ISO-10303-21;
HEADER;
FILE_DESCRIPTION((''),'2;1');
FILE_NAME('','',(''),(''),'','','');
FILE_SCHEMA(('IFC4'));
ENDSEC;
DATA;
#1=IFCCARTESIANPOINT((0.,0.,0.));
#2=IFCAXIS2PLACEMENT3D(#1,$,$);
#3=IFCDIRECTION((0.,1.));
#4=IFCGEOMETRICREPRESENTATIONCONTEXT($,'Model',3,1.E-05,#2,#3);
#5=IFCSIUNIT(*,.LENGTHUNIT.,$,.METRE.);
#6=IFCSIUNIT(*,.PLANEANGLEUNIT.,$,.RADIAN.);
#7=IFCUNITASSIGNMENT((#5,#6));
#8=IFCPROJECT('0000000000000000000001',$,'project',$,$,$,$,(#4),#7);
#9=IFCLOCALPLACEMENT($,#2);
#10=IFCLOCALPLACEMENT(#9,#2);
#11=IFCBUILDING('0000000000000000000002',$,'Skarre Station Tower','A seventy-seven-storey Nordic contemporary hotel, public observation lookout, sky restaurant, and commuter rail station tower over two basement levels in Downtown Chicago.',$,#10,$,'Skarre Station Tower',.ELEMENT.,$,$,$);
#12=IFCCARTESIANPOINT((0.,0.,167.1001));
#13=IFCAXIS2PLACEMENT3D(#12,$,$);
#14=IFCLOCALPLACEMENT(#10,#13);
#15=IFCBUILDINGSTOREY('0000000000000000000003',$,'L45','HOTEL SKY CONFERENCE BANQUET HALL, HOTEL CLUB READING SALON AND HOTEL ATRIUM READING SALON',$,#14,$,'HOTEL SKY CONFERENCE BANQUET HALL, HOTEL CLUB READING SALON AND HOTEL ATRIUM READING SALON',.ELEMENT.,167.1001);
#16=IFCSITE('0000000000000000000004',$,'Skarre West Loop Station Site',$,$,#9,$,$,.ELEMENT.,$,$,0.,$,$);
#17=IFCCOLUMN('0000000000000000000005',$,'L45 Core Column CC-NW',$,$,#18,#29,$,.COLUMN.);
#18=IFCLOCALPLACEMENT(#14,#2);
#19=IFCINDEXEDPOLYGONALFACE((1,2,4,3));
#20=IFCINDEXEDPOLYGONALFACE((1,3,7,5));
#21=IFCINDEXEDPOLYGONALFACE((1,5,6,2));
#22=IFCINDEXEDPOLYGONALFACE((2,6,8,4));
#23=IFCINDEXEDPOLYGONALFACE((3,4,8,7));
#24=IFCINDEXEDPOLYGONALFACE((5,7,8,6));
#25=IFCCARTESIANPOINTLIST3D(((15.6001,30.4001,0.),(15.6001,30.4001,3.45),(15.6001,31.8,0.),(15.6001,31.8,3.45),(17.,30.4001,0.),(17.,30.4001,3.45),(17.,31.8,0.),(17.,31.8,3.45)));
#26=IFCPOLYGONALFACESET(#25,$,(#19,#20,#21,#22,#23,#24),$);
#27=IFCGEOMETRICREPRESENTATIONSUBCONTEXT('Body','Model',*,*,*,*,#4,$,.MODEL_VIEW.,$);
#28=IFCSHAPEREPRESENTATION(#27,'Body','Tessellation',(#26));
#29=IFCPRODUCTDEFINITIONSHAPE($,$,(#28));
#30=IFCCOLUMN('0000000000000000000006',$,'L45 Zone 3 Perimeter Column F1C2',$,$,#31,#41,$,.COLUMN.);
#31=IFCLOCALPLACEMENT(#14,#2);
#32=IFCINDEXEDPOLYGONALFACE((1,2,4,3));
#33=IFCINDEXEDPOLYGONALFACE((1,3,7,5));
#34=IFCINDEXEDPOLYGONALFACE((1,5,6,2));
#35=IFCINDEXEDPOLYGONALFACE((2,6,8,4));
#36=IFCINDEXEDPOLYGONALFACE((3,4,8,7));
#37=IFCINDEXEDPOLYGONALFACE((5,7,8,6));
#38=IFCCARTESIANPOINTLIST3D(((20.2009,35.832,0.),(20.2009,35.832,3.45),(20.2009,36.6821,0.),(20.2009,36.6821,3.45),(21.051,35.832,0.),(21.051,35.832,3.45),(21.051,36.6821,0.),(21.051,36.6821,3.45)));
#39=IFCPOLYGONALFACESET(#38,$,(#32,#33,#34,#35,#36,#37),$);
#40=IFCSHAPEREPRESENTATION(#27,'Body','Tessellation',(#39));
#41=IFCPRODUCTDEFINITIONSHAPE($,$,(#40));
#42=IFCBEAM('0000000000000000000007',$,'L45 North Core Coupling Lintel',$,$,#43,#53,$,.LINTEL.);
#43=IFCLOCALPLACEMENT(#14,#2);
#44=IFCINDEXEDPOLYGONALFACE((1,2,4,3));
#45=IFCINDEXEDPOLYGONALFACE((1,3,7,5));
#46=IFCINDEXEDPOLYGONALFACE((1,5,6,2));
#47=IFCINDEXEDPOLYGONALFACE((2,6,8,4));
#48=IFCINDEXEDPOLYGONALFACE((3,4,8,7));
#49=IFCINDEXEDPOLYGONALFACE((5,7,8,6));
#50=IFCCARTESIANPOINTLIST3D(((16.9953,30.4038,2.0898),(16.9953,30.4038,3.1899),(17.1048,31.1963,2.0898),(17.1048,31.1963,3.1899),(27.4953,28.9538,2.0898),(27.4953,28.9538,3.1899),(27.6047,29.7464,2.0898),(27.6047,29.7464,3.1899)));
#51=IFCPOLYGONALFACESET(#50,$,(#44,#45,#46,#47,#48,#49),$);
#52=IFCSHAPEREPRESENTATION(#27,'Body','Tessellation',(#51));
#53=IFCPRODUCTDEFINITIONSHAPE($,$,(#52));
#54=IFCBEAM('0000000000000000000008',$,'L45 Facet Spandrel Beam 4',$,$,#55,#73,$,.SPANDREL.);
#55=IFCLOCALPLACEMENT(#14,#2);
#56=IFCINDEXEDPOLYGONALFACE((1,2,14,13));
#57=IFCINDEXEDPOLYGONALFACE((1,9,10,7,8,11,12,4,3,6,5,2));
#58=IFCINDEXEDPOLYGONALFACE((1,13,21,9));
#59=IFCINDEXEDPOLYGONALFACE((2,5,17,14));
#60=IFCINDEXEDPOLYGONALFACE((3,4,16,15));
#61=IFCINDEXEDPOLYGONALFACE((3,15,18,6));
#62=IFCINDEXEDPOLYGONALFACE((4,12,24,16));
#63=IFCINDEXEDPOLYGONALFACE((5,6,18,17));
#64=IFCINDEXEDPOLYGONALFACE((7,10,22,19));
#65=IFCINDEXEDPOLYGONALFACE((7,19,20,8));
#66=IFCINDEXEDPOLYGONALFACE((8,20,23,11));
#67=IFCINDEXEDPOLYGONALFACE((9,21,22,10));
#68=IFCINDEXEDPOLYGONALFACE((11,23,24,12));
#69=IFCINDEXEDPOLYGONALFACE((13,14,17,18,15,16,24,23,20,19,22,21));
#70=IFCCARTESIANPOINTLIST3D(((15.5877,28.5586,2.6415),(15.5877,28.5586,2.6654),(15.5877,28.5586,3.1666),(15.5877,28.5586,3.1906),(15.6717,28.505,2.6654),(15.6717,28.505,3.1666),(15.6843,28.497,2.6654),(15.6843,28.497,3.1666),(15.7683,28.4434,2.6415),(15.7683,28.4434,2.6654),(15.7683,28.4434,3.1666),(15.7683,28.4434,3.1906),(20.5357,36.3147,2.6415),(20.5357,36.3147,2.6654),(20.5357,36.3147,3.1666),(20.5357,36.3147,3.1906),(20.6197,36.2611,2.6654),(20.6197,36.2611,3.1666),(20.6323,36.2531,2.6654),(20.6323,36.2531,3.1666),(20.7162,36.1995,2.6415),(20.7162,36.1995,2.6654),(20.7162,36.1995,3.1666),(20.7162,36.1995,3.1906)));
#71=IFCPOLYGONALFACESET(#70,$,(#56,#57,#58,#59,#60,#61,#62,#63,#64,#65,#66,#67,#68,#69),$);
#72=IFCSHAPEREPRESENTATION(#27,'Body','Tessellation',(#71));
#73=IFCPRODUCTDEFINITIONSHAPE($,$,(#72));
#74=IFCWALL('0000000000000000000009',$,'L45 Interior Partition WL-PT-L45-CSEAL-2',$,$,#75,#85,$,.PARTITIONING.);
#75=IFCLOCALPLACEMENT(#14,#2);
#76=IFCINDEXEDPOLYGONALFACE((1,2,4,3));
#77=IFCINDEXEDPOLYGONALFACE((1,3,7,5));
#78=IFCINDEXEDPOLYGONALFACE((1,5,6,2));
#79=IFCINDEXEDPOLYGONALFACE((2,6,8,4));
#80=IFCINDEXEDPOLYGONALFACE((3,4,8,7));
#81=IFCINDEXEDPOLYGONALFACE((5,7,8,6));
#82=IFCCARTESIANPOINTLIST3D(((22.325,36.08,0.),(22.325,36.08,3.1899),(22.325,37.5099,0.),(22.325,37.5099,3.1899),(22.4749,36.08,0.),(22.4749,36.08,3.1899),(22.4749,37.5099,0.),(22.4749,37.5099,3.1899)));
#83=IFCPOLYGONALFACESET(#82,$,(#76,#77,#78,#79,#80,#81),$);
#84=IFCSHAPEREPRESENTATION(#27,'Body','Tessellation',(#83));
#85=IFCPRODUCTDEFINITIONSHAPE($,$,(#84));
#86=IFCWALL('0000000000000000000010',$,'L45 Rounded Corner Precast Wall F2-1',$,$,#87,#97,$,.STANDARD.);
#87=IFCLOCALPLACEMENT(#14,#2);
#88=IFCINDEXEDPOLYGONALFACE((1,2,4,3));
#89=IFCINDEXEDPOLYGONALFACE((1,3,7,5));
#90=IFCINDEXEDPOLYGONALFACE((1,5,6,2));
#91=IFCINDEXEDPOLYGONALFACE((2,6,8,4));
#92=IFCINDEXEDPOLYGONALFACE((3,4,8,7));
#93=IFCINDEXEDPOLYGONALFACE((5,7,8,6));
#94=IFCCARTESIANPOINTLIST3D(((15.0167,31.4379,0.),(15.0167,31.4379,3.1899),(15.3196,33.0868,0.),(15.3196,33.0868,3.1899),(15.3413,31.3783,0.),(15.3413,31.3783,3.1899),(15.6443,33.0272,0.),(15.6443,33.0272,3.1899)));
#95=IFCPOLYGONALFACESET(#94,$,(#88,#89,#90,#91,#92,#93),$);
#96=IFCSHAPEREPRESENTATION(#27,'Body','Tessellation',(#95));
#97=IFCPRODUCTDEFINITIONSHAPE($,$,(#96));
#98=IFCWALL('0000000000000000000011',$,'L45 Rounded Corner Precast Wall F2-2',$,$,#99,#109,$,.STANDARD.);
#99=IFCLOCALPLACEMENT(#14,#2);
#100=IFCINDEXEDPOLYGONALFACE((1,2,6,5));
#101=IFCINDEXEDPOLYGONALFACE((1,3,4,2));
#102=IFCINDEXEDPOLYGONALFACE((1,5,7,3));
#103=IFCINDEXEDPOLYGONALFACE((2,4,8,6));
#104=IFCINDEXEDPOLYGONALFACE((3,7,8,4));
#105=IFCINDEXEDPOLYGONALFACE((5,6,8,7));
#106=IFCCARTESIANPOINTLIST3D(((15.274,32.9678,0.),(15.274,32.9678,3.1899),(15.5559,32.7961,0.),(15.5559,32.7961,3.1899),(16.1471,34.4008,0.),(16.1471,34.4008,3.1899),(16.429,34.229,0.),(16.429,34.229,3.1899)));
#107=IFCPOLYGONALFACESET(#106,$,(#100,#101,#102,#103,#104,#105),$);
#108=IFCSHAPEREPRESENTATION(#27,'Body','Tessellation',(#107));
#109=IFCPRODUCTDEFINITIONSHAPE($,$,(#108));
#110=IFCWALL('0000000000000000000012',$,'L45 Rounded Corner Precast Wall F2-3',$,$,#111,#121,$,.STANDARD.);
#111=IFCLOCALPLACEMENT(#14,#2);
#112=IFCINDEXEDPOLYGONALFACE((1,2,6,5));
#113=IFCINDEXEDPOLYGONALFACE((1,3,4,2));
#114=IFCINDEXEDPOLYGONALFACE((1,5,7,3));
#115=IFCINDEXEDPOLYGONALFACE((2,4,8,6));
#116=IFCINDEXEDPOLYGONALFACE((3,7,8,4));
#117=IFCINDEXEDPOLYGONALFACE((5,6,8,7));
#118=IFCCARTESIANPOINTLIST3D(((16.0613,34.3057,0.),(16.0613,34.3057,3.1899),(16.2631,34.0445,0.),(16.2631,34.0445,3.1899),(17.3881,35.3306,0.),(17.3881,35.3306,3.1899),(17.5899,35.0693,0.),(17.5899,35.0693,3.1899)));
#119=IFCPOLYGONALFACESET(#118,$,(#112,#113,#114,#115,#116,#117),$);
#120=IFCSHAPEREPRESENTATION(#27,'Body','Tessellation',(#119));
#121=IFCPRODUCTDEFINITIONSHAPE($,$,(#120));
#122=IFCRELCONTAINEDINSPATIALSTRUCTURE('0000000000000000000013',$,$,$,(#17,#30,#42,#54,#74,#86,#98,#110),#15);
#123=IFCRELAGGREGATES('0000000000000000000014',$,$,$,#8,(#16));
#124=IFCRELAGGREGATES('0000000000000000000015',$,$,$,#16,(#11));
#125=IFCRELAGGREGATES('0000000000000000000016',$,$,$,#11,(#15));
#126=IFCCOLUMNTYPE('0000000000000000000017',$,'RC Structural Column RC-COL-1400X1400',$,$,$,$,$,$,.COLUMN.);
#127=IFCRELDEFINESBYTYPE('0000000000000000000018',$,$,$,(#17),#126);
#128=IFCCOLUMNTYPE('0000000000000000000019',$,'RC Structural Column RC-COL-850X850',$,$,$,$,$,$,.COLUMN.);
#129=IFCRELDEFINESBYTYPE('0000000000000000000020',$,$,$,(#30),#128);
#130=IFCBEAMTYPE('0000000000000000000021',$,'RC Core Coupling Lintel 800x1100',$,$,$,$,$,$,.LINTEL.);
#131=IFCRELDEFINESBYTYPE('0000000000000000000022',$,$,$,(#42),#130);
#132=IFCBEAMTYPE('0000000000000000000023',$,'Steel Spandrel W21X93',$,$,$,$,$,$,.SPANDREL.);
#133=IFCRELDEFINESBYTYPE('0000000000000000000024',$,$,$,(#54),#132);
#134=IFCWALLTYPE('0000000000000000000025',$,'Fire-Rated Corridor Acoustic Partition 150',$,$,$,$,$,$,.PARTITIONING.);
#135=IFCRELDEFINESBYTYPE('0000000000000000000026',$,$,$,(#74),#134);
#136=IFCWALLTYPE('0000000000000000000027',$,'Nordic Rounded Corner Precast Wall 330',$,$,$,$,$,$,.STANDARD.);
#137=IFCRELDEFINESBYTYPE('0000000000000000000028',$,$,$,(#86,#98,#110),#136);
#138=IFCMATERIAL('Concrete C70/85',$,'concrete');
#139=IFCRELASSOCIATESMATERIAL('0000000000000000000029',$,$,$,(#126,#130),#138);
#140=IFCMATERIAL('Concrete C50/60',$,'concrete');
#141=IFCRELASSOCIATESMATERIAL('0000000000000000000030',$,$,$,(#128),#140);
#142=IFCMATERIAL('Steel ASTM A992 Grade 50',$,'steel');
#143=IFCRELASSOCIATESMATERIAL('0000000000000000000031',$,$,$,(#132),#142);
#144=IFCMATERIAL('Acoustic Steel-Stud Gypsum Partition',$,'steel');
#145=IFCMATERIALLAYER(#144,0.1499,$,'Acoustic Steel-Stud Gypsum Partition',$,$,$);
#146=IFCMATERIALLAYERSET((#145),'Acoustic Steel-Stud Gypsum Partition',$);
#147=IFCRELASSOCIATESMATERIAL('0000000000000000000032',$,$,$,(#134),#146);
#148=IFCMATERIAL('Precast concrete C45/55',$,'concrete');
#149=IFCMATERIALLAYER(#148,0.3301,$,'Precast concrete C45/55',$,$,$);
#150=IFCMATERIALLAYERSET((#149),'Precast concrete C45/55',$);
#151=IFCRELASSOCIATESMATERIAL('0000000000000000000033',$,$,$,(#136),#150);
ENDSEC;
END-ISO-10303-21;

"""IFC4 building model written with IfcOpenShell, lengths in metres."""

from ifc_helpers import new_model, si_unit, direction, frame, frame_2d, origin, origin_2d, place, context, subcontext, project, spatial, rectangle, i_section, extrude, material, layer, layer_set, material_profile, profile_set, type_object, element, save


model = new_model("IFC4")

# Units and contexts
model_context = context("Model", 3, precision=1e-05, world=origin(), true_north=direction((0.0, 1.0)))
body_context = subcontext(model_context, "Body", "Model", "MODEL_VIEW")
ifc_project = project(units=[si_unit("LENGTHUNIT", "METRE"), si_unit("PLANEANGLEUNIT", "RADIAN")], contexts=[model_context])

# Site, building, storey
site_placement = place(None, origin())
site = spatial("IfcSite", under=ifc_project, at=site_placement, Name="Skarre West Loop Station Site", CompositionType="ELEMENT", RefElevation=0.0)
building_placement = place(site_placement, origin())
building = spatial("IfcBuilding", under=site, at=building_placement, Name="Skarre Station Tower", Description="A seventy-seven-storey Nordic contemporary hotel, public observation lookout, sky restaurant, and commuter rail station tower over two basement levels in Downtown Chicago.", LongName="Skarre Station Tower", CompositionType="ELEMENT")
storey_placement = place(building_placement, frame((0.0, 0.0, 167.1001)))
storey = spatial("IfcBuildingStorey", under=building, at=storey_placement, Name="L45", Description="HOTEL SKY CONFERENCE BANQUET HALL, HOTEL CLUB READING SALON AND HOTEL ATRIUM READING SALON", LongName="HOTEL SKY CONFERENCE BANQUET HALL, HOTEL CLUB READING SALON AND HOTEL ATRIUM READING SALON", CompositionType="ELEMENT", Elevation=167.1001)

# Columns
ifc_material_1 = material(Name="Concrete C70/85", Category="concrete")
ifc_material_profile_1 = material_profile(ifc_material_1, rectangle(XDim=1.3999, YDim=1.3999, at=origin_2d()), Name="Concrete C70/85")
ifc_profile_set_1 = profile_set([ifc_material_profile_1], Name="Concrete C70/85")
column_type_1 = type_object("IfcColumnType", Name="RC Structural Column RC-COL-1400X1400", PredefinedType="COLUMN", material=ifc_profile_set_1)
column_1_placement = place(storey_placement, frame((16.3, 31.1001, 0.0), z_axis=(0.0, 0.0, 1.0), x_axis=(1.0, 0.0, 0.0)))
element("IfcColumn", 1, at=column_1_placement, inside=storey, type_object=column_type_1, Name="L45 Core Column CC-NW", PredefinedType="COLUMN", context=body_context, shape_type="SweptSolid", body=[
    extrude(rectangle(XDim=1.3999, YDim=1.3999, at=origin_2d()), origin(), (0.0, 0.0, 1.0), 3.45),
])
ifc_material_2 = material(Name="Concrete C50/60", Category="concrete")
ifc_material_profile_2 = material_profile(ifc_material_2, rectangle(XDim=0.8501, YDim=0.8501, at=origin_2d()), Name="Concrete C50/60")
ifc_profile_set_2 = profile_set([ifc_material_profile_2], Name="Concrete C50/60")
column_type_2 = type_object("IfcColumnType", Name="RC Structural Column RC-COL-850X850", PredefinedType="COLUMN", material=ifc_profile_set_2)
column_2_placement = place(storey_placement, frame((20.626, 36.2571, 0.0), z_axis=(0.0, 0.0, 1.0), x_axis=(1.0, 0.0, 0.0)))
element("IfcColumn", 2, at=column_2_placement, inside=storey, type_object=column_type_2, Name="L45 Zone 3 Perimeter Column F1C2", PredefinedType="COLUMN", context=body_context, shape_type="SweptSolid", body=[
    extrude(rectangle(XDim=0.8501, YDim=0.8501, at=origin_2d()), origin(), (0.0, 0.0, 1.0), 3.45),
])

# Beams
ifc_material_profile_3 = material_profile(ifc_material_1, rectangle(XDim=0.8, YDim=1.1001, at=origin_2d()), Name="Concrete C70/85")
ifc_profile_set_3 = profile_set([ifc_material_profile_3], Name="Concrete C70/85")
beam_type_1 = type_object("IfcBeamType", Name="RC Core Coupling Lintel 800x1100", PredefinedType="LINTEL", material=ifc_profile_set_3)
beam_1_placement = place(storey_placement, frame((17.05, 30.8, 2.6399), z_axis=(0.9906, -0.136792, 0.0), x_axis=(0.136792, 0.9906, 0.0)))
element("IfcBeam", 3, at=beam_1_placement, inside=storey, type_object=beam_type_1, Name="L45 North Core Coupling Lintel", PredefinedType="LINTEL", context=body_context, shape_type="SweptSolid", body=[
    extrude(rectangle(XDim=0.8, YDim=1.1001, at=origin_2d()), origin(), (0.0, 0.0, 1.0), 10.5996),
])
ifc_material_3 = material(Name="Steel ASTM A992 Grade 50", Category="steel")
ifc_material_profile_4 = material_profile(ifc_material_3, i_section(OverallWidth=0.2141, OverallDepth=0.5491, WebThickness=0.0149, FlangeThickness=0.0239, at=origin_2d()), Name="Steel ASTM A992 Grade 50")
ifc_profile_set_4 = profile_set([ifc_material_profile_4], Name="Steel ASTM A992 Grade 50")
beam_type_2 = type_object("IfcBeamType", Name="Steel Spandrel W21X93", PredefinedType="SPANDREL", material=ifc_profile_set_4)
beam_2_placement = place(storey_placement, frame((20.626, 36.2571, 2.916), z_axis=(-0.537826, -0.843056, 0.0), x_axis=(0.843056, -0.537826, 0.0)))
element("IfcBeam", 4, at=beam_2_placement, inside=storey, type_object=beam_type_2, Name="L45 Facet Spandrel Beam 4", PredefinedType="SPANDREL", context=body_context, shape_type="SweptSolid", body=[
    extrude(i_section(OverallWidth=0.2141, OverallDepth=0.5491, WebThickness=0.0149, FlangeThickness=0.0239, at=origin_2d()), origin(), (0.0, 0.0, 1.0), 9.2),
])

# Walls
ifc_material_4 = material(Name="Acoustic Steel-Stud Gypsum Partition", Category="steel")
ifc_layer_1 = layer(ifc_material_4, 0.1499, Name="Acoustic Steel-Stud Gypsum Partition")
ifc_layer_set_1 = layer_set([ifc_layer_1], Name="Acoustic Steel-Stud Gypsum Partition")
wall_type_1 = type_object("IfcWallType", Name="Fire-Rated Corridor Acoustic Partition 150", PredefinedType="PARTITIONING", material=ifc_layer_set_1)
wall_1_placement = place(storey_placement, frame((22.3999, 36.0801, 0.0), z_axis=(0.0, 0.0, 1.0), x_axis=(0.0, 1.0, 0.0)))
element("IfcWall", 5, at=wall_1_placement, inside=storey, type_object=wall_type_1, Name="L45 Interior Partition WL-PT-L45-CSEAL-2", PredefinedType="PARTITIONING", context=body_context, shape_type="SweptSolid", body=[
    extrude(rectangle(XDim=1.4299, YDim=0.1499, at=frame_2d((0.7148, 0.0))), origin(), (0.0, 0.0, 1.0), 3.1899),
])
ifc_material_5 = material(Name="Precast concrete C45/55", Category="concrete")
ifc_layer_2 = layer(ifc_material_5, 0.3301, Name="Precast concrete C45/55")
ifc_layer_set_2 = layer_set([ifc_layer_2], Name="Precast concrete C45/55")
wall_type_2 = type_object("IfcWallType", Name="Nordic Rounded Corner Precast Wall 330", PredefinedType="STANDARD", material=ifc_layer_set_2)
wall_2_placement = place(storey_placement, frame((15.179, 31.408, 0.0), z_axis=(0.0, 0.0, 1.0), x_axis=(0.180718, 0.983535, 0.0)))
element("IfcWall", 6, at=wall_2_placement, inside=storey, type_object=wall_type_2, Name="L45 Rounded Corner Precast Wall F2-1", PredefinedType="STANDARD", context=body_context, shape_type="SweptSolid", body=[
    extrude(rectangle(XDim=1.6765, YDim=0.3301, at=frame_2d((0.8384, 0.0))), origin(), (0.0, 0.0, 1.0), 3.1899),
])
wall_3_placement = place(storey_placement, frame((15.415, 32.8821, 0.0), z_axis=(0.0, 0.0, 1.0), x_axis=(0.520325, 0.853968, 0.0)))
element("IfcWall", 7, at=wall_3_placement, inside=storey, type_object=wall_type_2, Name="L45 Rounded Corner Precast Wall F2-2", PredefinedType="STANDARD", context=body_context, shape_type="SweptSolid", body=[
    extrude(rectangle(XDim=1.678, YDim=0.3301, at=frame_2d((0.8389, 0.0))), origin(), (0.0, 0.0, 1.0), 3.1899),
])
wall_4_placement = place(storey_placement, frame((16.1621, 34.175, 0.0), z_axis=(0.0, 0.0, 1.0), x_axis=(0.79141, 0.611286, 0.0)))
element("IfcWall", 8, at=wall_4_placement, inside=storey, type_object=wall_type_2, Name="L45 Rounded Corner Precast Wall F2-3", PredefinedType="STANDARD", context=body_context, shape_type="SweptSolid", body=[
    extrude(rectangle(XDim=1.6765, YDim=0.3301, at=frame_2d((0.8384, 0.0))), origin(), (0.0, 0.0, 1.0), 3.1899),
])

save(model, "model.ifc")
